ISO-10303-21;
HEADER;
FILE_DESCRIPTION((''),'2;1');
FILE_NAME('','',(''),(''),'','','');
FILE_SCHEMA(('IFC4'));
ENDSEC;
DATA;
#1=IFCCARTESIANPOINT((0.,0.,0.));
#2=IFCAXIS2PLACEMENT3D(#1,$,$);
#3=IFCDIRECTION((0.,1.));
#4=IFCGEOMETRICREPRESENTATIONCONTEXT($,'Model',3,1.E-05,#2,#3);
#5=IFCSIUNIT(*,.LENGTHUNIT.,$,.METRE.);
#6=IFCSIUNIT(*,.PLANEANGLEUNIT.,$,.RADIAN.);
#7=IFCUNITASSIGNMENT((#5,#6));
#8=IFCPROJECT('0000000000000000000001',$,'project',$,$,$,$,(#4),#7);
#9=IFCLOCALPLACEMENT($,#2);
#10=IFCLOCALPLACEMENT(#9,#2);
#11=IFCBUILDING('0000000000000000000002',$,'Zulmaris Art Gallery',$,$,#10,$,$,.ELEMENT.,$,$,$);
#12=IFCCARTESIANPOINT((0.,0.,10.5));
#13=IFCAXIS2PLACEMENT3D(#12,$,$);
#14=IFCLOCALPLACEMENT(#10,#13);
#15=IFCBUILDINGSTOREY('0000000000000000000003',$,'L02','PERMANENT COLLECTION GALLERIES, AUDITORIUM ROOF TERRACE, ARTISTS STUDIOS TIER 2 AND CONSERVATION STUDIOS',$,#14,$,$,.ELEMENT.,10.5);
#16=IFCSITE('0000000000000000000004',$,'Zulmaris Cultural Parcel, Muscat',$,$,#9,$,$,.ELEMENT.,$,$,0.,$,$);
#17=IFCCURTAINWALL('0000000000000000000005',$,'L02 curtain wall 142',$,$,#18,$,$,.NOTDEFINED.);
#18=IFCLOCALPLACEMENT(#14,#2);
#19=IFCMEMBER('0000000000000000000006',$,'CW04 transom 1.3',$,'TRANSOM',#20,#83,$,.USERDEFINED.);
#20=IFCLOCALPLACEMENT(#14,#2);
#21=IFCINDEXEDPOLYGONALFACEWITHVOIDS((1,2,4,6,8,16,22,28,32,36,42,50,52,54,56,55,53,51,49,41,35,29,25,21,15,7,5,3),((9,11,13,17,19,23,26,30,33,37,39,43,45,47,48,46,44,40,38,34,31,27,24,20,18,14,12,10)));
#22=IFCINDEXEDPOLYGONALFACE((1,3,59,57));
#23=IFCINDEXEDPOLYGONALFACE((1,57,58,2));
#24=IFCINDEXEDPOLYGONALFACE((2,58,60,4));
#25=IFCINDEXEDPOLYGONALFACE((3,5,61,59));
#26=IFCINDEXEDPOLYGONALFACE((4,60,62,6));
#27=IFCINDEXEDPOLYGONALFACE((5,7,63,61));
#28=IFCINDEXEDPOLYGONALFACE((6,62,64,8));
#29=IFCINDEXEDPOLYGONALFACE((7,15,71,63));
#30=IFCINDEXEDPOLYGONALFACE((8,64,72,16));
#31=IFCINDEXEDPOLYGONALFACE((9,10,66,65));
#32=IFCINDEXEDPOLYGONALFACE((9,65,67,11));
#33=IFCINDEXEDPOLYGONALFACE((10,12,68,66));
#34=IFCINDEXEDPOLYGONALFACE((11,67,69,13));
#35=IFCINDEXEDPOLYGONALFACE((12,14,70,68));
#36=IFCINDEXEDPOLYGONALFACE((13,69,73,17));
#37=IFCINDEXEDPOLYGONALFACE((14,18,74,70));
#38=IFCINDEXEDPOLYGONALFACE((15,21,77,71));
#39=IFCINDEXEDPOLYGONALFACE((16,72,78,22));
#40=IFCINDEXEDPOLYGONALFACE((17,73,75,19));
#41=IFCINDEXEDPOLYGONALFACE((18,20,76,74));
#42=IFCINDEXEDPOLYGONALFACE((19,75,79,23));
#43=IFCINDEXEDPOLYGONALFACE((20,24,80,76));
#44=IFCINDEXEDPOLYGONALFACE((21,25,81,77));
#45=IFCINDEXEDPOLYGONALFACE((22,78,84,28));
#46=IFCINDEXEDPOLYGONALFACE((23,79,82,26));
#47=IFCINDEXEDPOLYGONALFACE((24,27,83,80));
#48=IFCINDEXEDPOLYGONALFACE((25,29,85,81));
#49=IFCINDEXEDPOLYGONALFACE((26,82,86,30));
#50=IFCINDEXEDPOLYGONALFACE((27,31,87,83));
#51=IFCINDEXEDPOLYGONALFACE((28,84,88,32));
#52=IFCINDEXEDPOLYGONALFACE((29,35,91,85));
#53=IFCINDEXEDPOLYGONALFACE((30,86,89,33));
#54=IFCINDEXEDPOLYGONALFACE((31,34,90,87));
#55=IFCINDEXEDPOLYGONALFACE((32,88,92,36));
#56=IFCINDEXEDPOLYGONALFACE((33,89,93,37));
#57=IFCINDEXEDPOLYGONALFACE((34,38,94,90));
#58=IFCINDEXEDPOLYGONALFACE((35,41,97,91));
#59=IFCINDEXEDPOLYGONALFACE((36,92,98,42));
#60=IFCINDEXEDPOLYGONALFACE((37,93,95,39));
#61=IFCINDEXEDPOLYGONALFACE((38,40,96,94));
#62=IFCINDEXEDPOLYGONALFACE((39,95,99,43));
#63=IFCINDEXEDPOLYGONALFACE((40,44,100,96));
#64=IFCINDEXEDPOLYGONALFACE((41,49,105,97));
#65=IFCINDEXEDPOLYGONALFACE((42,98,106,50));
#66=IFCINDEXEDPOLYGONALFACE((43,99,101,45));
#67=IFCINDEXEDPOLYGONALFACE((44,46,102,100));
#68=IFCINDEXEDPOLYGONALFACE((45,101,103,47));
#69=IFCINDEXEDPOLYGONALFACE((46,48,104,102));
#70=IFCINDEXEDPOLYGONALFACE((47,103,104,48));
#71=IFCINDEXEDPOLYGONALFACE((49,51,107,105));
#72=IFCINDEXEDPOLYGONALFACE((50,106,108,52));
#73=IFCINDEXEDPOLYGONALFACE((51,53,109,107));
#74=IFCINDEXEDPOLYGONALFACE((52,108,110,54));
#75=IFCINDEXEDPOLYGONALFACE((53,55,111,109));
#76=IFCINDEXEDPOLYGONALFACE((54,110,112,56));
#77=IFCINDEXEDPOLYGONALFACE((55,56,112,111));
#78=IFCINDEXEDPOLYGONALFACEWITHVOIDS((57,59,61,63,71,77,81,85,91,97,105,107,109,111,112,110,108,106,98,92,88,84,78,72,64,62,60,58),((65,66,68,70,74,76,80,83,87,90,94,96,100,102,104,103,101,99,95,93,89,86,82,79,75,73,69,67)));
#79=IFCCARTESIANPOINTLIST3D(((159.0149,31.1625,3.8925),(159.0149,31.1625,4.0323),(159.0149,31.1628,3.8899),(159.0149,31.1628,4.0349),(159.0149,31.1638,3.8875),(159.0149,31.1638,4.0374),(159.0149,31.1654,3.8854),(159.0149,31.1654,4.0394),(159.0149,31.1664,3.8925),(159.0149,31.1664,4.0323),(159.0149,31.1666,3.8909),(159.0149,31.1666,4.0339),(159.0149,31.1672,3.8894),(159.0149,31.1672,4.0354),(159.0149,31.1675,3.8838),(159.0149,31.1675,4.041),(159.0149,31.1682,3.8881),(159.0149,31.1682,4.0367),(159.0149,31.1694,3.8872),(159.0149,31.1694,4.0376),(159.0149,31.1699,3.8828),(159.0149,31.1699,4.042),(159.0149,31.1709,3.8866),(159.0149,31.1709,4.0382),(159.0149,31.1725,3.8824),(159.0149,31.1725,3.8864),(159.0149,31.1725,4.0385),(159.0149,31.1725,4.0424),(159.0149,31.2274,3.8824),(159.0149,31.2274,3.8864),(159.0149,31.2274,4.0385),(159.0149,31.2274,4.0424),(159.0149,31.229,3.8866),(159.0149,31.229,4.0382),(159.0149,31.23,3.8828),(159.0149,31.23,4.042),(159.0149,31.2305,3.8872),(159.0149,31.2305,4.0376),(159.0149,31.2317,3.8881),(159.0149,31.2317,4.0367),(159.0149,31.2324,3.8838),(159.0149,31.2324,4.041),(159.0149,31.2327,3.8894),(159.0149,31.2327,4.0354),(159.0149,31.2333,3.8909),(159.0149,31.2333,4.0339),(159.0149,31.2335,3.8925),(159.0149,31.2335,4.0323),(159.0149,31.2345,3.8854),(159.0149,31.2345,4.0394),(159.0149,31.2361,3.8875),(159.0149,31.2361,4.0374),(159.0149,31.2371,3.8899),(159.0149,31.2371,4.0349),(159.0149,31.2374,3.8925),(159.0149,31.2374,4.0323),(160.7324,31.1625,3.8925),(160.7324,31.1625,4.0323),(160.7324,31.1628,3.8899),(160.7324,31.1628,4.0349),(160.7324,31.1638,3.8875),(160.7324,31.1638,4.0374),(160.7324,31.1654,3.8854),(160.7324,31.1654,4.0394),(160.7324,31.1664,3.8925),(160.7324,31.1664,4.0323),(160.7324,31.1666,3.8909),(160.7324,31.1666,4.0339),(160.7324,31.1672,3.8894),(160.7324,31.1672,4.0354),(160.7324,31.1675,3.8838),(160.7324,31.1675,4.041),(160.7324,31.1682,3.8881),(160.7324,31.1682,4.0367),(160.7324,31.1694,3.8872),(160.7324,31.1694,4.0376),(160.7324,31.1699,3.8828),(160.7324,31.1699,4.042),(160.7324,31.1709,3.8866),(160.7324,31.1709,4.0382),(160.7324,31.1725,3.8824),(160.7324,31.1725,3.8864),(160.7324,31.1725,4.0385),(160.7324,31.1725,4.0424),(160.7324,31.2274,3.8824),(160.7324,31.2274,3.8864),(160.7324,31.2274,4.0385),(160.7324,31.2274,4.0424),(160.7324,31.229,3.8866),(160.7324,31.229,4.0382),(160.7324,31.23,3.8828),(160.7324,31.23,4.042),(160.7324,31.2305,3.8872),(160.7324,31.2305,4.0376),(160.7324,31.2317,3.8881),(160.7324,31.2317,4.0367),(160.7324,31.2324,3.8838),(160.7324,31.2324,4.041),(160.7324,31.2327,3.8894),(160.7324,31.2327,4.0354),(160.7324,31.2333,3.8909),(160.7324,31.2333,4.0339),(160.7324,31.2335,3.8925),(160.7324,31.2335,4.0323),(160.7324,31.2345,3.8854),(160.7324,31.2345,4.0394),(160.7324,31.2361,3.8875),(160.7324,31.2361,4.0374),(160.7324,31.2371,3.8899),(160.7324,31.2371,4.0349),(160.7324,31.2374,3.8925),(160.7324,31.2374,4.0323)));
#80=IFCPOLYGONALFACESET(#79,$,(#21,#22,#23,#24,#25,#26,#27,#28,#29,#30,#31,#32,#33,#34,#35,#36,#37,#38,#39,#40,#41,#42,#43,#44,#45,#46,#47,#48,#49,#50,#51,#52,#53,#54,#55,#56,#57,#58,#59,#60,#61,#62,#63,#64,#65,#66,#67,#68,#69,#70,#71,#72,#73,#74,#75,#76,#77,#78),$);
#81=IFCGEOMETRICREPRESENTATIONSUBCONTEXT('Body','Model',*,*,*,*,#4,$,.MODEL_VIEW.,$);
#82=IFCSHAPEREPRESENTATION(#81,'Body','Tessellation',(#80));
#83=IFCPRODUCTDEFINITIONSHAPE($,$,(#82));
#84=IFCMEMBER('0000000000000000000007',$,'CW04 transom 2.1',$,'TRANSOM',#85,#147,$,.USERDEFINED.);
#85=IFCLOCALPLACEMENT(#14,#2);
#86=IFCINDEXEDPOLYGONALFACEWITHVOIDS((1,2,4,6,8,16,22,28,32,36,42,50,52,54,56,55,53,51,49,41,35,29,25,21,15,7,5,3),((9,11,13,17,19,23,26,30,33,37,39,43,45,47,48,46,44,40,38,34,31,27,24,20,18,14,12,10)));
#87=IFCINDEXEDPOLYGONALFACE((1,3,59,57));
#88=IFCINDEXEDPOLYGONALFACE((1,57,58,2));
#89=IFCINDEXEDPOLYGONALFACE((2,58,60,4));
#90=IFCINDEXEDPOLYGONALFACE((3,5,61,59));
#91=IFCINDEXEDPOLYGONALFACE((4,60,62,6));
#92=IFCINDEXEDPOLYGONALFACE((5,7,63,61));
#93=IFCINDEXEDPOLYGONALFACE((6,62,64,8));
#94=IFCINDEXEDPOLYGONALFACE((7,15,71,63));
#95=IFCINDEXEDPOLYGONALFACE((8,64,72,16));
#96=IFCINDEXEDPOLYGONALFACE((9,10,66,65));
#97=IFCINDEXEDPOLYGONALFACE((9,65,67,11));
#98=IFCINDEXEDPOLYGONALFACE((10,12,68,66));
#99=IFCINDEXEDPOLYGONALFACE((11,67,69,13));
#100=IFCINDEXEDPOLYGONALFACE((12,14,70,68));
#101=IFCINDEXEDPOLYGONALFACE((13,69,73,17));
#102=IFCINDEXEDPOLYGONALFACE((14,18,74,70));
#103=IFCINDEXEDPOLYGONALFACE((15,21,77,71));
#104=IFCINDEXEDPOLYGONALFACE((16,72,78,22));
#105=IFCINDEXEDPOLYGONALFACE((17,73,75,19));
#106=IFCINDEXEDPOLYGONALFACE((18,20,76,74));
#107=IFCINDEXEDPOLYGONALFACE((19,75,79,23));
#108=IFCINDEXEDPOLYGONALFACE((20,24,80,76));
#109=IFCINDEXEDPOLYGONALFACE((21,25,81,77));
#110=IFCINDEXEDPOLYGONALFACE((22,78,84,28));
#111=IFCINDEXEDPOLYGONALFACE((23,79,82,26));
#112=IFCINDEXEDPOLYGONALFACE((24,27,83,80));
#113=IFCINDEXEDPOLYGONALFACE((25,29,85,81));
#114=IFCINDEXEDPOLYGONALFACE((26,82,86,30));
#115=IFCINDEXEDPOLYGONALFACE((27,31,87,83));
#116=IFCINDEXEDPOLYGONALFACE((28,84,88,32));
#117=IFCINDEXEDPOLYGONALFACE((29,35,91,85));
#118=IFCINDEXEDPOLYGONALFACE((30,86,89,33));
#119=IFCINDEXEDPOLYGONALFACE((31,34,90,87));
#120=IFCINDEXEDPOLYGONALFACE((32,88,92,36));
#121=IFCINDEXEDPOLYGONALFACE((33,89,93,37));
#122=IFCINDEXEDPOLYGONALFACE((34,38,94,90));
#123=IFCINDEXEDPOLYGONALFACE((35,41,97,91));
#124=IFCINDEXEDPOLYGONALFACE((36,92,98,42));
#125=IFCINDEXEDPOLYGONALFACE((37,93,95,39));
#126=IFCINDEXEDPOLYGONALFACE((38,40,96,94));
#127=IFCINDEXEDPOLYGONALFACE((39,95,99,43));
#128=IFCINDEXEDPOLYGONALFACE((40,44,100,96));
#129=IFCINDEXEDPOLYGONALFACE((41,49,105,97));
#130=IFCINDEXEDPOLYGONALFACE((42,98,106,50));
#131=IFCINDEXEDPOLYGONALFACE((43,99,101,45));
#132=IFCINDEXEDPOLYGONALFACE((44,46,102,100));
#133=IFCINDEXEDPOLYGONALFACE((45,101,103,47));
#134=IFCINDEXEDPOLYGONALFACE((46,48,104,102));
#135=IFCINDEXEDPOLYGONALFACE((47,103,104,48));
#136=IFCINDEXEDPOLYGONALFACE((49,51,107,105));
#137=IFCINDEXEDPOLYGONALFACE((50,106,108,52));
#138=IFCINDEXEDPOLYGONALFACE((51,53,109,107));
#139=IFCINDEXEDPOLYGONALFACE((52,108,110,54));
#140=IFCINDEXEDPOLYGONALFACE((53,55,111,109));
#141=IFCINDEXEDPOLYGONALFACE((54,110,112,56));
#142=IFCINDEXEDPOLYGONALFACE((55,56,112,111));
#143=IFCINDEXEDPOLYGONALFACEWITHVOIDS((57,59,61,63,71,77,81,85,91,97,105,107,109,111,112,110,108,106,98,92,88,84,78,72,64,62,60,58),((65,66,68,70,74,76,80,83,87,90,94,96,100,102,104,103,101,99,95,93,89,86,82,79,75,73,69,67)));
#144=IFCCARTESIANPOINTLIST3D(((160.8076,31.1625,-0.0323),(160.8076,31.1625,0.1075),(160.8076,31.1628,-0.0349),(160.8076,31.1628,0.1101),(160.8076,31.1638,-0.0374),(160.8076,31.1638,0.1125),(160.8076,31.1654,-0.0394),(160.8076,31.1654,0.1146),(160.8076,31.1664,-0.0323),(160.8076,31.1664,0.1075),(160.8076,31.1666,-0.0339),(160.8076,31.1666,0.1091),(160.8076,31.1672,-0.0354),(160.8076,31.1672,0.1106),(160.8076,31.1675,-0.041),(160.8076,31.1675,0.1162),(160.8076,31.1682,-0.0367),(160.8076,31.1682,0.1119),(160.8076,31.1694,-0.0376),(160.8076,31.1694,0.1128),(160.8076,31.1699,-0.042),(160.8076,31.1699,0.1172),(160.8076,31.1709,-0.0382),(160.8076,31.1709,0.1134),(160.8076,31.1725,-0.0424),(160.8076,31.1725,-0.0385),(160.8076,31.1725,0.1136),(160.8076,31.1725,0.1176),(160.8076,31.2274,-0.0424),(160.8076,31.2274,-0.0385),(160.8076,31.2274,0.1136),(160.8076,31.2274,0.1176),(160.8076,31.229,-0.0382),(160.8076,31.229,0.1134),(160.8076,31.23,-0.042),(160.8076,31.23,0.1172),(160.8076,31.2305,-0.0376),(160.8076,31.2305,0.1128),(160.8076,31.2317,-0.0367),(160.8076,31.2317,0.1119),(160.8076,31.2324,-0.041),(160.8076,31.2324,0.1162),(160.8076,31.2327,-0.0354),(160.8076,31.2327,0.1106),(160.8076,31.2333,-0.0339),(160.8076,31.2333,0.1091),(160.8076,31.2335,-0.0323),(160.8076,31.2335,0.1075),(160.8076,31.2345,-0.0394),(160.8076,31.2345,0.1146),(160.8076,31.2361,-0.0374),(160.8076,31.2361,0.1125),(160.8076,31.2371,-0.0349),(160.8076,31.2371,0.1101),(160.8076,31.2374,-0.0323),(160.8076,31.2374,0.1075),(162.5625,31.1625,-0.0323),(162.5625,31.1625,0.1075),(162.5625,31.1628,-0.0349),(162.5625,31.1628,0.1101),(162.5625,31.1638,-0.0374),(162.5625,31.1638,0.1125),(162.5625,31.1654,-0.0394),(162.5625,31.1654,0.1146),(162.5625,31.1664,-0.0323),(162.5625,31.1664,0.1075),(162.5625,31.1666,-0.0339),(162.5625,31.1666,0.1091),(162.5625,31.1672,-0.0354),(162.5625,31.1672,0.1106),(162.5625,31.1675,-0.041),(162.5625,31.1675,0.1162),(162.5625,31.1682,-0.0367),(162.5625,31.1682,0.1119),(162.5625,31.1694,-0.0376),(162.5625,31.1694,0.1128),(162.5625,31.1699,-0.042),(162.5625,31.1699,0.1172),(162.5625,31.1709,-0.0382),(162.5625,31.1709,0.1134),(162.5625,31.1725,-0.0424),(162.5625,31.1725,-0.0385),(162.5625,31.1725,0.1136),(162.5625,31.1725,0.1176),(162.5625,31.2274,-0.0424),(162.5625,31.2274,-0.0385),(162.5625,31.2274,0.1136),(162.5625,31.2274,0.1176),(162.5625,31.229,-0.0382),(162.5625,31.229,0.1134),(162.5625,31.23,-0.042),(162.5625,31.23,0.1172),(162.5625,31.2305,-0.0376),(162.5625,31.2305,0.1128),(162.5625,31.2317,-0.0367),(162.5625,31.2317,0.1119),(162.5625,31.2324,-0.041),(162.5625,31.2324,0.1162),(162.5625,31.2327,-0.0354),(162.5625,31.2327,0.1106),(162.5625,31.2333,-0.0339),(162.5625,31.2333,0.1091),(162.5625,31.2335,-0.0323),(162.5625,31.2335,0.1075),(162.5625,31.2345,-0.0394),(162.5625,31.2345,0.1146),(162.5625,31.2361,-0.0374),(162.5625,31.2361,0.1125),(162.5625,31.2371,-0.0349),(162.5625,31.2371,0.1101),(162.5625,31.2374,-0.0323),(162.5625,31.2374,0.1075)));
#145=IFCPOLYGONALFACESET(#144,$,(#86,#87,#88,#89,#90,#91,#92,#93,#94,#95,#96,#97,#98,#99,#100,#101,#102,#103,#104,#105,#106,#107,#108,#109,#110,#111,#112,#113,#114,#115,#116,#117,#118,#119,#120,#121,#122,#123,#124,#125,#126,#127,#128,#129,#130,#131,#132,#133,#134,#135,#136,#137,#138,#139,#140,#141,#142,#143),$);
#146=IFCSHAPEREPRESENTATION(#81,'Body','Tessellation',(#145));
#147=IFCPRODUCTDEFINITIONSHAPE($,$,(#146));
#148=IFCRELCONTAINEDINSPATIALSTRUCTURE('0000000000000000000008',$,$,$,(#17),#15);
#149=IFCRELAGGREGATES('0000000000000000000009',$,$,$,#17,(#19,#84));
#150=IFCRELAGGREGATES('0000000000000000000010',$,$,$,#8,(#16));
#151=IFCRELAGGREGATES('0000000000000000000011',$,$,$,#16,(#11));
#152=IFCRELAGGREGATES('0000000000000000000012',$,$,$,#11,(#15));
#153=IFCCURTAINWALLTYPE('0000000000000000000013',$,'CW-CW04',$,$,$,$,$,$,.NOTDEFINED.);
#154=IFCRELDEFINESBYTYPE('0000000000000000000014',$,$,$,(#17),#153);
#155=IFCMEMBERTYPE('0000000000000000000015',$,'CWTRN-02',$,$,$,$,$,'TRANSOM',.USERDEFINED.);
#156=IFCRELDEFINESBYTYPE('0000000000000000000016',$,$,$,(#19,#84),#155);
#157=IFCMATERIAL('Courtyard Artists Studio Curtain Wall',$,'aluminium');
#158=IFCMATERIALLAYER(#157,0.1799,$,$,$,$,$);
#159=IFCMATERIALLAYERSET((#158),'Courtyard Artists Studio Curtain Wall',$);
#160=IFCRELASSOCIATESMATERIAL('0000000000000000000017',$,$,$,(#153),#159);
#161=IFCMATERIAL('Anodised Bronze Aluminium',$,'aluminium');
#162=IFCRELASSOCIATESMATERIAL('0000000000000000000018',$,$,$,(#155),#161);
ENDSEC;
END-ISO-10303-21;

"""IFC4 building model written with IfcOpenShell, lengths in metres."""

from ifc_helpers import new_model, si_unit, direction, frame, origin, origin_2d, place, context, subcontext, project, spatial, hollow_rectangle, extrude, material, layer, layer_set, material_profile, profile_set, type_object, element, aggregate, save


model = new_model("IFC4")

# Units and contexts
model_context = context("Model", 3, precision=1e-05, world=origin(), true_north=direction((0.0, 1.0)))
body_context = subcontext(model_context, "Body", "Model", "MODEL_VIEW")
ifc_project = project(units=[si_unit("LENGTHUNIT", "METRE"), si_unit("PLANEANGLEUNIT", "RADIAN")], contexts=[model_context])

# Site, building, storey
site_placement = place(None, origin())
site = spatial("IfcSite", under=ifc_project, at=site_placement, Name="Zulmaris Cultural Parcel, Muscat", CompositionType="ELEMENT", RefElevation=0.0)
building_placement = place(site_placement, origin())
building = spatial("IfcBuilding", under=site, at=building_placement, Name="Zulmaris Art Gallery", CompositionType="ELEMENT")
storey_placement = place(building_placement, frame((0.0, 0.0, 10.5)))
storey = spatial("IfcBuildingStorey", under=building, at=storey_placement, Name="L02", Description="PERMANENT COLLECTION GALLERIES, AUDITORIUM ROOF TERRACE, ARTISTS STUDIOS TIER 2 AND CONSERVATION STUDIOS", CompositionType="ELEMENT", Elevation=10.5)

# Curtain wall, members
ifc_material_1 = material(Name="Courtyard Artists Studio Curtain Wall", Category="aluminium")
ifc_layer_1 = layer(ifc_material_1, 0.1799)
ifc_layer_set_1 = layer_set([ifc_layer_1], Name="Courtyard Artists Studio Curtain Wall")
curtain_wall_type = type_object("IfcCurtainWallType", Name="CW-CW04", PredefinedType="NOTDEFINED", material=ifc_layer_set_1)
curtain_wall_placement = place(storey_placement, origin())
curtain_wall = element("IfcCurtainWall", 1, at=curtain_wall_placement, inside=storey, type_object=curtain_wall_type, Name="L02 curtain wall 142", PredefinedType="NOTDEFINED")
ifc_material_2 = material(Name="Anodised Bronze Aluminium", Category="aluminium")
ifc_material_profile_1 = material_profile(ifc_material_2, hollow_rectangle(XDim=0.075, YDim=0.1599, WallThickness=0.0039, InnerFilletRadius=0.0061, OuterFilletRadius=0.01, at=origin_2d()), Name="ALU 75x160x4")
ifc_profile_set_1 = profile_set([ifc_material_profile_1], Name="Anodised Bronze Aluminium")
member_type_1 = type_object("IfcMemberType", Name="CWTRN-02", ElementType="TRANSOM", PredefinedType="USERDEFINED", material=ifc_profile_set_1)
member_1_placement = place(storey_placement, frame((159.0149, 31.2, 3.9624), z_axis=(1.0, 0.0, 0.0), x_axis=(0.0, 1.0, 0.0)))
member_1 = element("IfcMember", 2, at=member_1_placement, type_object=member_type_1, Name="CW04 transom 1.3", ObjectType="TRANSOM", PredefinedType="USERDEFINED", context=body_context, shape_type="SweptSolid", body=[
    extrude(hollow_rectangle(XDim=0.075, YDim=0.1599, WallThickness=0.0039, InnerFilletRadius=0.0061, OuterFilletRadius=0.01, at=origin_2d()), origin(), (0.0, 0.0, 1.0), 1.7175),
])
member_2_placement = place(storey_placement, frame((160.8076, 31.2, 0.0376), z_axis=(1.0, 0.0, 0.0), x_axis=(0.0, 1.0, 0.0)))
member_2 = element("IfcMember", 3, at=member_2_placement, type_object=member_type_1, Name="CW04 transom 2.1", ObjectType="TRANSOM", PredefinedType="USERDEFINED", context=body_context, shape_type="SweptSolid", body=[
    extrude(hollow_rectangle(XDim=0.075, YDim=0.1599, WallThickness=0.0039, InnerFilletRadius=0.0061, OuterFilletRadius=0.01, at=origin_2d()), origin(), (0.0, 0.0, 1.0), 1.7549),
])
aggregate(curtain_wall, [member_1, member_2])

save(model, "model.ifc")
